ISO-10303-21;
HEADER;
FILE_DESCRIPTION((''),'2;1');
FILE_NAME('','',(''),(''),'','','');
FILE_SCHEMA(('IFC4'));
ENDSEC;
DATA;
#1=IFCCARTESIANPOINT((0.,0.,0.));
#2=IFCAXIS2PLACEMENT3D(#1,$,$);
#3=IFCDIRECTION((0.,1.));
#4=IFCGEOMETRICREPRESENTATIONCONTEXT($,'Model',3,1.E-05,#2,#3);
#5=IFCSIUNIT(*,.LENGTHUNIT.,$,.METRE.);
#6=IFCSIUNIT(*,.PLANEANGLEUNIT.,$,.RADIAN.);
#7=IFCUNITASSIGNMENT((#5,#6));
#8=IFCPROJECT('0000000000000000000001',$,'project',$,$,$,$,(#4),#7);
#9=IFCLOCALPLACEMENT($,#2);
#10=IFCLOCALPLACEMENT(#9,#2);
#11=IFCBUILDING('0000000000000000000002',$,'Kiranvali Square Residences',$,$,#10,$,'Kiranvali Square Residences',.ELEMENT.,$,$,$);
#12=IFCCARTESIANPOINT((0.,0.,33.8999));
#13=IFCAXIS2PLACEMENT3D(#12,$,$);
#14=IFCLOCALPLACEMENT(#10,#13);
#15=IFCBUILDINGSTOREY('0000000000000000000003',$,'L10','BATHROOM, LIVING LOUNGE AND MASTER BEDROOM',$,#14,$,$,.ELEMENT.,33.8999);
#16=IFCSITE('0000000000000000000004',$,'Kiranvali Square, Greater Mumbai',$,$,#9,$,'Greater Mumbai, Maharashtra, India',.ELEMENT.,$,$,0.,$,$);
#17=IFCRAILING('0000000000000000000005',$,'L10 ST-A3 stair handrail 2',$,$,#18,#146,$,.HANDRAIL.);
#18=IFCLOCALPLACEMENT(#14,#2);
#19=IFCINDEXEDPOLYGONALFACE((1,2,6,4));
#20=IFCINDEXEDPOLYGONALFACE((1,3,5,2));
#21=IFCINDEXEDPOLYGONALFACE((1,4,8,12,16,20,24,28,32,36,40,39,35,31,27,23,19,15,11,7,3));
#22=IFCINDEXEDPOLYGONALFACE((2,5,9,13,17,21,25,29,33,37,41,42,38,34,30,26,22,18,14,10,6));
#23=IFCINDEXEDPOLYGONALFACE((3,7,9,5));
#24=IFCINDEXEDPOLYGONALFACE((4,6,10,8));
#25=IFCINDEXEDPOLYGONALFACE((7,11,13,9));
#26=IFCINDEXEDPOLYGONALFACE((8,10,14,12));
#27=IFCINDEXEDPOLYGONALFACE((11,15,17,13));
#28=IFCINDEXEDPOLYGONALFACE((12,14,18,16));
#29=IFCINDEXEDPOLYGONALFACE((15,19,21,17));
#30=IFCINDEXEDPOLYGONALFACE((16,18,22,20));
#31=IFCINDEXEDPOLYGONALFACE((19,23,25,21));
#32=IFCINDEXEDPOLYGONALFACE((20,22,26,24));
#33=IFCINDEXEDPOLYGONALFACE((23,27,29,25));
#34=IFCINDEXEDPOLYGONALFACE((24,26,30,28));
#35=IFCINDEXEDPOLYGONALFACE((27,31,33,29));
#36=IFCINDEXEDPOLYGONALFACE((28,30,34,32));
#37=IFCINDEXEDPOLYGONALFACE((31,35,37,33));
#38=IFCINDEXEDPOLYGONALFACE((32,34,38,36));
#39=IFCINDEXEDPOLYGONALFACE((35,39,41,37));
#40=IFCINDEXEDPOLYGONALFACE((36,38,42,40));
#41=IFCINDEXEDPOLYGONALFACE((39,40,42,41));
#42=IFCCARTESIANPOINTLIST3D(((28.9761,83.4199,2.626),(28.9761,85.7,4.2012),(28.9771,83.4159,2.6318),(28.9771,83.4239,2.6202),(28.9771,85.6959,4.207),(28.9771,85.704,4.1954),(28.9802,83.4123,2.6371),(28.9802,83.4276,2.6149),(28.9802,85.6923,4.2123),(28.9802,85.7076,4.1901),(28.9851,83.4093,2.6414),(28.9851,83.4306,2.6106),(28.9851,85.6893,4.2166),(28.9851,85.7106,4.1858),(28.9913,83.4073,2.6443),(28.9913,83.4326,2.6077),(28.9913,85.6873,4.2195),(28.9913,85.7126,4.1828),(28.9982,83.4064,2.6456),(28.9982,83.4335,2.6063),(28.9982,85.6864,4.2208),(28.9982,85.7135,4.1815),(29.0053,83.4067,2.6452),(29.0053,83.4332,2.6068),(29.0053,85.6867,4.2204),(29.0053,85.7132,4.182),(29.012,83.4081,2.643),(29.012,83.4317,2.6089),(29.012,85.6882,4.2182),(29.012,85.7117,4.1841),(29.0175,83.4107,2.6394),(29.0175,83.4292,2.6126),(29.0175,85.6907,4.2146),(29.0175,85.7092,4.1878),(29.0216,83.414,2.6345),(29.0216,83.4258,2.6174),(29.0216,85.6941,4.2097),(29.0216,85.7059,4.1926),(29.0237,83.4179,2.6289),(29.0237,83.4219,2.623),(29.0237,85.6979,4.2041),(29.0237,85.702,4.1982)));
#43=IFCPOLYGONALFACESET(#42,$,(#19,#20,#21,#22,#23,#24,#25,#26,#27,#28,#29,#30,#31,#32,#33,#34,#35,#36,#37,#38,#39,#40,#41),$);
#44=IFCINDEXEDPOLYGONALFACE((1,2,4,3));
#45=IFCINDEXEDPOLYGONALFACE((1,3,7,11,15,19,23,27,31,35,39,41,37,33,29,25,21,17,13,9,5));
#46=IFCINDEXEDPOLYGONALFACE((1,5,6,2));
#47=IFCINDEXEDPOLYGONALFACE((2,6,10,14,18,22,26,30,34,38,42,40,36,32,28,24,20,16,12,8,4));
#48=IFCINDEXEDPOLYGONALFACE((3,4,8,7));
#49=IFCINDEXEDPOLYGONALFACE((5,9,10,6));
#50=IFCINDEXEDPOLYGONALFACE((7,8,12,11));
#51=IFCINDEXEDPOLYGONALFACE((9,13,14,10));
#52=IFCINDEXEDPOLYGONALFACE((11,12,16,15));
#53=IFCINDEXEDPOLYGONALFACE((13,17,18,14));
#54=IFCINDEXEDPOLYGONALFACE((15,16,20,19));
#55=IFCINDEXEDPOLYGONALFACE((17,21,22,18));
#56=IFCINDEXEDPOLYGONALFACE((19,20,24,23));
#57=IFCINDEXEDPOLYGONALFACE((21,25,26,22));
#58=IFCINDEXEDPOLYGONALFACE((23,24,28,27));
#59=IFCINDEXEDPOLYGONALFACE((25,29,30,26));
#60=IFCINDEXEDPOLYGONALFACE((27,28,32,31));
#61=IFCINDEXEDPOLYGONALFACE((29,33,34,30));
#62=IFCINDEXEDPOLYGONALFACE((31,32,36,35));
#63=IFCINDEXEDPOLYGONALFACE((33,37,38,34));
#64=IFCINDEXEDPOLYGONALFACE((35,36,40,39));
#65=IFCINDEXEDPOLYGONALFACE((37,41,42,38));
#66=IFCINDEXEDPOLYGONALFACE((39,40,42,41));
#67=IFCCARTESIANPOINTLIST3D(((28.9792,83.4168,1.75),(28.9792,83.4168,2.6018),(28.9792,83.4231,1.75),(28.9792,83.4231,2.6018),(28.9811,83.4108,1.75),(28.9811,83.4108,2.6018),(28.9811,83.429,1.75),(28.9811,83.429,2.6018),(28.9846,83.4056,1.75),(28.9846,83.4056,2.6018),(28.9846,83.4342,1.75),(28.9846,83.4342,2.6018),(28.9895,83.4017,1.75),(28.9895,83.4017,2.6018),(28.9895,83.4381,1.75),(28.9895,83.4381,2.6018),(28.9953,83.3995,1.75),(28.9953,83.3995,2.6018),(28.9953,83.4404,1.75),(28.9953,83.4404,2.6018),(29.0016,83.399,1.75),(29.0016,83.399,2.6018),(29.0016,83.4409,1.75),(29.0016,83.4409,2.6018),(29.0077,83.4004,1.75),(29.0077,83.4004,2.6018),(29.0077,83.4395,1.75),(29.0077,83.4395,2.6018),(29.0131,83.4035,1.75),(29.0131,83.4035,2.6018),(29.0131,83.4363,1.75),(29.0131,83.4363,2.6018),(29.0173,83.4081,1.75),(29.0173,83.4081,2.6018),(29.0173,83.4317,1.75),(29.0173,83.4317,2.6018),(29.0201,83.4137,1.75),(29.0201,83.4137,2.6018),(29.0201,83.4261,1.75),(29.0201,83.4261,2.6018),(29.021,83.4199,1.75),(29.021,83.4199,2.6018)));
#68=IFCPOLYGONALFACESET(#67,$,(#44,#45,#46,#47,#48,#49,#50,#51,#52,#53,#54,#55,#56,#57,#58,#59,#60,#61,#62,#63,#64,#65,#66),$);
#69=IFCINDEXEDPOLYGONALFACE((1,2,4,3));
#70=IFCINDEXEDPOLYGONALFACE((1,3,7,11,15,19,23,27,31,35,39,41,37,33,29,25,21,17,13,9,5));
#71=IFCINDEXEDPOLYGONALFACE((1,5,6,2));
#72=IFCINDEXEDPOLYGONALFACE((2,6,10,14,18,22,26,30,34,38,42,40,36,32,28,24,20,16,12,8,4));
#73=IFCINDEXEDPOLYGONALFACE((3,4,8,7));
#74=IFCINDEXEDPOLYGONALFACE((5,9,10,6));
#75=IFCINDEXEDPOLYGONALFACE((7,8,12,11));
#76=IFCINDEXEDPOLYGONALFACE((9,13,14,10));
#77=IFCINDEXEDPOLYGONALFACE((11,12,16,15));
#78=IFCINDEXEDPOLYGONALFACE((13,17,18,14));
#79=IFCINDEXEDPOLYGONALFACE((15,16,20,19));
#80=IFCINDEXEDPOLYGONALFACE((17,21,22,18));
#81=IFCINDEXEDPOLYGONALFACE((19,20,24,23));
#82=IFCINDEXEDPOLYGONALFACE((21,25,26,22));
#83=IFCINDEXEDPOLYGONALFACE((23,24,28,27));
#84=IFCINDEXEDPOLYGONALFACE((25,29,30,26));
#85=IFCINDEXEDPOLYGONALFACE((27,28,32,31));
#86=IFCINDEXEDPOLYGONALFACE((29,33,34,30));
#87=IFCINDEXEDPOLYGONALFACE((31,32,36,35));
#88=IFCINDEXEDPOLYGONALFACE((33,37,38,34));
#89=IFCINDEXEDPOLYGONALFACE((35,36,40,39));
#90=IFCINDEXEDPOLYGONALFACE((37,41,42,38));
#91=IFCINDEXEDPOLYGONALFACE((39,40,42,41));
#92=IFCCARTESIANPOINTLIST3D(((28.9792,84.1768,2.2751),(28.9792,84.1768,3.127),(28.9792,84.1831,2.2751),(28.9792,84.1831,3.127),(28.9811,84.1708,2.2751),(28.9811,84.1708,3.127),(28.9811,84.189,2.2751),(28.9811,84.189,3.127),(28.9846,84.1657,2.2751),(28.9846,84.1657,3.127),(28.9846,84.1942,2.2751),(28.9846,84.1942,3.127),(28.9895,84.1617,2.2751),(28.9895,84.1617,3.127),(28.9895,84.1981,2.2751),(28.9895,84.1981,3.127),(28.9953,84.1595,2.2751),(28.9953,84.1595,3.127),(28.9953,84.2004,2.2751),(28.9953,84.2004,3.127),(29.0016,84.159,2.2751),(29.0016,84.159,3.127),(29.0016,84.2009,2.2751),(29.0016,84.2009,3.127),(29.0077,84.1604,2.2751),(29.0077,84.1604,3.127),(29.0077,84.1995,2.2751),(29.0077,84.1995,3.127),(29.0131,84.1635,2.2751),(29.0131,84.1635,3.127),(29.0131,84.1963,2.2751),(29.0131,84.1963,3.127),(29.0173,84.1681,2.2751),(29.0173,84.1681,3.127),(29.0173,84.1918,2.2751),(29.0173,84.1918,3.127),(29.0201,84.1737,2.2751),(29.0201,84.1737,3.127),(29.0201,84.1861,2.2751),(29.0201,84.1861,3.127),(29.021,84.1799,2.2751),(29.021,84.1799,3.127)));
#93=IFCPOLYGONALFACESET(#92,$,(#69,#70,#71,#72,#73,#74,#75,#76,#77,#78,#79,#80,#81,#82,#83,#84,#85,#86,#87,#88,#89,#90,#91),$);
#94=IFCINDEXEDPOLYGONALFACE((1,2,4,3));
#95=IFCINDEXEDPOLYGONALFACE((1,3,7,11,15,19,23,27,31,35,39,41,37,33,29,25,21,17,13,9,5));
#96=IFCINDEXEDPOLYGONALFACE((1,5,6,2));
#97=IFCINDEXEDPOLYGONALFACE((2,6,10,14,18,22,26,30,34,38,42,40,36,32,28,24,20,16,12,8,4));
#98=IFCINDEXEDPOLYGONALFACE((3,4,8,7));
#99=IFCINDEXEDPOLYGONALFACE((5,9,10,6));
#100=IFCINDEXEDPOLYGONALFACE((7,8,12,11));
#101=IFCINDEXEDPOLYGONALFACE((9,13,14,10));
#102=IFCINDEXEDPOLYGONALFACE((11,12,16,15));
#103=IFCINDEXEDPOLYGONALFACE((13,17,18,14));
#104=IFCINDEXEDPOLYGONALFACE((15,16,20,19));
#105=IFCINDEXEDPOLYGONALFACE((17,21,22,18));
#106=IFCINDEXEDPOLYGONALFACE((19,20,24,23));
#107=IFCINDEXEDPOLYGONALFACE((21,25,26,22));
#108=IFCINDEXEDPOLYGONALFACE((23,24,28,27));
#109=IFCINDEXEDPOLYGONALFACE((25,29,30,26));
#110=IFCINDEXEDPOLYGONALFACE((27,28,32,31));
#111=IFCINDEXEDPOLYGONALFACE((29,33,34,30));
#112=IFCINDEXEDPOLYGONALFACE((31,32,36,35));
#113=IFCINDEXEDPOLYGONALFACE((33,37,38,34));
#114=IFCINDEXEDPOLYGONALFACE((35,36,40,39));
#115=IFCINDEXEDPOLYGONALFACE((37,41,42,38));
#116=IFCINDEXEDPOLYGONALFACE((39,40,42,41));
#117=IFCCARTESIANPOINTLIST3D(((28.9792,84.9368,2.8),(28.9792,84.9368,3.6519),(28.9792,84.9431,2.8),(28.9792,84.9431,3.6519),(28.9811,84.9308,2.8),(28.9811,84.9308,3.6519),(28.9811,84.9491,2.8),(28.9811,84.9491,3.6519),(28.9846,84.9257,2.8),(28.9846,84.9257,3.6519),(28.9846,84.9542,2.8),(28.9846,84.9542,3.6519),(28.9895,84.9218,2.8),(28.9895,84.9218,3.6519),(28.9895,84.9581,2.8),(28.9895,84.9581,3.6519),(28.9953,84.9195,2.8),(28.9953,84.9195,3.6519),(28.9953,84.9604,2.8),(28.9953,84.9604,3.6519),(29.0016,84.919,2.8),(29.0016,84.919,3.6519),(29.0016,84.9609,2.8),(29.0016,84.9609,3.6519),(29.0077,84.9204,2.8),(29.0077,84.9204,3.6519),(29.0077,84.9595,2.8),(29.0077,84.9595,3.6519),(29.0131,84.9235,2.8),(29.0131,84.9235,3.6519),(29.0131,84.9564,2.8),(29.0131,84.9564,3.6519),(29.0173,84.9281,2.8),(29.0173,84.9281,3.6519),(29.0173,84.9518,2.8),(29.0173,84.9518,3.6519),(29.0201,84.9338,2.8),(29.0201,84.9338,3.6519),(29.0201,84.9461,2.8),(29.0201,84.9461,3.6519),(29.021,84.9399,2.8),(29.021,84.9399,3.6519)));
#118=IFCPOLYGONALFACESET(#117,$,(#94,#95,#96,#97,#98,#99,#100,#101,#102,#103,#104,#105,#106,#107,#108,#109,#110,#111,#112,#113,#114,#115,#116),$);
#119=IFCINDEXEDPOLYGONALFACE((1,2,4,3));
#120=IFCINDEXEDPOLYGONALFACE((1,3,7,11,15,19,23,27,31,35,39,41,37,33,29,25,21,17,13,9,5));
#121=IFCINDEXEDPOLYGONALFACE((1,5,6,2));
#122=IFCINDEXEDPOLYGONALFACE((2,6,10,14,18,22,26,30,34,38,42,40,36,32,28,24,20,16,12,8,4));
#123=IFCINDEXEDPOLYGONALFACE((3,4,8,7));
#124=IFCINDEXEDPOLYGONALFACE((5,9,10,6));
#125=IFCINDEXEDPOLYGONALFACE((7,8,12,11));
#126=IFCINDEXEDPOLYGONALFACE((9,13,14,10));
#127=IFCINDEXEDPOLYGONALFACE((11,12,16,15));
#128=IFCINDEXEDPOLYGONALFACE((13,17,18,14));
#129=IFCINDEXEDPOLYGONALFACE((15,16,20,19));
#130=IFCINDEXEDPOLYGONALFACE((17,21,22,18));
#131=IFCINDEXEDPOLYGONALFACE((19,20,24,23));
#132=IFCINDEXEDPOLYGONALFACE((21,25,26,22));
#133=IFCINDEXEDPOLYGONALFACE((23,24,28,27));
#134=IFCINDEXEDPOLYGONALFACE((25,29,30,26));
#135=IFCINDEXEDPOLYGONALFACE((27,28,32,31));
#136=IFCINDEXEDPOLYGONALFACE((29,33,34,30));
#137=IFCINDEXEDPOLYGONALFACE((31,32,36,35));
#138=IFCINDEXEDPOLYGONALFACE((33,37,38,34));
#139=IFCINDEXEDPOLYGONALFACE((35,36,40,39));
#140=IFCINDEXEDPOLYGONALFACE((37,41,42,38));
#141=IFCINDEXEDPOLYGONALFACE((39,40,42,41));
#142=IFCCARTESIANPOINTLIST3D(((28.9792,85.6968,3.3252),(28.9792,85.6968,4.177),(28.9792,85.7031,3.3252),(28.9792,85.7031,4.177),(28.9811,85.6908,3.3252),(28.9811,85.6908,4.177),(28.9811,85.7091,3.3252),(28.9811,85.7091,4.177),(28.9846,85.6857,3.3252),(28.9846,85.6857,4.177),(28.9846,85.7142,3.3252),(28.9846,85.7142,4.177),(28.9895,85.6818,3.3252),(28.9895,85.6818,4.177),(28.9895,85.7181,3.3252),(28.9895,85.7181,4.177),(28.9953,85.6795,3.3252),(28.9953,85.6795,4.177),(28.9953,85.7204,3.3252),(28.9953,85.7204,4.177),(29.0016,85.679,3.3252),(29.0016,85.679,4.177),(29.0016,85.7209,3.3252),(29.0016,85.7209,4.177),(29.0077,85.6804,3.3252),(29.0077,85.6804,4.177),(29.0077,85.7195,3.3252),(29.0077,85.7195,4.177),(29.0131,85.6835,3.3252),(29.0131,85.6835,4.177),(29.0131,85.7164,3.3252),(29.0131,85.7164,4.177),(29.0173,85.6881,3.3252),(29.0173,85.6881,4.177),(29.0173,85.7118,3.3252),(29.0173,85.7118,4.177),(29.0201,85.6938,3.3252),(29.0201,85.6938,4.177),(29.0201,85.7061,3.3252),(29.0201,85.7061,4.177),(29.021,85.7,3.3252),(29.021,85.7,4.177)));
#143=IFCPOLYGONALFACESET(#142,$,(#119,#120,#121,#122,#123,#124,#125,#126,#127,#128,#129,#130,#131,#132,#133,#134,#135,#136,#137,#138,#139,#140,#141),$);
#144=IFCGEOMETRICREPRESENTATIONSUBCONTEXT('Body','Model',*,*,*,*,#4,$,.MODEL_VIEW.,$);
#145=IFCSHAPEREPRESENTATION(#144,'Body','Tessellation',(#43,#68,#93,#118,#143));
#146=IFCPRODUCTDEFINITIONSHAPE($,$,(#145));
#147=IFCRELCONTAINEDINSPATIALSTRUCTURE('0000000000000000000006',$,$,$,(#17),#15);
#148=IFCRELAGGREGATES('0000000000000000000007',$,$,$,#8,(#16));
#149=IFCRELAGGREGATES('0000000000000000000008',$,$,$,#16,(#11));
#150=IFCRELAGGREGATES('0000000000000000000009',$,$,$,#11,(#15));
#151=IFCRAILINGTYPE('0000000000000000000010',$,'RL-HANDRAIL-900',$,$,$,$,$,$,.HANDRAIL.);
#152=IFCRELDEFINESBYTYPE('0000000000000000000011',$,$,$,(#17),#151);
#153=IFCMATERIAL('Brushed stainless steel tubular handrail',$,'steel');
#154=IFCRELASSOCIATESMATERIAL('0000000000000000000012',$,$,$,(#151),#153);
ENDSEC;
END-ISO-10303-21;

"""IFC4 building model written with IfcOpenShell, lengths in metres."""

from ifc_helpers import new_model, si_unit, direction, frame, origin, origin_2d, place, context, subcontext, project, spatial, circle, extrude, material, type_object, element, save


model = new_model("IFC4")

# Units and contexts
model_context = context("Model", 3, precision=1e-05, world=origin(), true_north=direction((0.0, 1.0)))
body_context = subcontext(model_context, "Body", "Model", "MODEL_VIEW")
ifc_project = project(units=[si_unit("LENGTHUNIT", "METRE"), si_unit("PLANEANGLEUNIT", "RADIAN")], contexts=[model_context])

# Site, building, storey
site_placement = place(None, origin())
site = spatial("IfcSite", under=ifc_project, at=site_placement, Name="Kiranvali Square, Greater Mumbai", LongName="Greater Mumbai, Maharashtra, India", CompositionType="ELEMENT", RefElevation=0.0)
building_placement = place(site_placement, origin())
building = spatial("IfcBuilding", under=site, at=building_placement, Name="Kiranvali Square Residences", LongName="Kiranvali Square Residences", CompositionType="ELEMENT")
storey_placement = place(building_placement, frame((0.0, 0.0, 33.8999)))
storey = spatial("IfcBuildingStorey", under=building, at=storey_placement, Name="L10", Description="BATHROOM, LIVING LOUNGE AND MASTER BEDROOM", CompositionType="ELEMENT", Elevation=33.8999)

# Railing
ifc_material_1 = material(Name="Brushed stainless steel tubular handrail", Category="steel")
railing_type_1 = type_object("IfcRailingType", Name="RL-HANDRAIL-900", PredefinedType="HANDRAIL", material=ifc_material_1)
railing_1_placement = place(storey_placement, frame((29.0, 83.4199, 1.75)))
element("IfcRailing", 1, at=railing_1_placement, inside=storey, type_object=railing_type_1, Name="L10 ST-A3 stair handrail 2", PredefinedType="HANDRAIL", context=body_context, shape_type="SweptSolid", body=[
    extrude(circle(Radius=0.0239, at=origin_2d()), frame((0.0, 0.0, 0.876), z_axis=(0.0, 0.822747, 0.568408), x_axis=(-1.0, 0.0, 0.0)), (0.0, 0.0, 1.0), 2.7712),
    extrude(circle(Radius=0.021, at=origin_2d()), origin(), (0.0, 0.0, 1.0), 0.8518),
    extrude(circle(Radius=0.021, at=origin_2d()), frame((0.0, 0.76, 0.5251)), (0.0, 0.0, 1.0), 0.8518),
    extrude(circle(Radius=0.021, at=origin_2d()), frame((0.0, 1.52, 1.05)), (0.0, 0.0, 1.0), 0.8518),
    extrude(circle(Radius=0.021, at=origin_2d()), frame((0.0, 2.28, 1.5752)), (0.0, 0.0, 1.0), 0.8518),
])

save(model, "model.ifc")
